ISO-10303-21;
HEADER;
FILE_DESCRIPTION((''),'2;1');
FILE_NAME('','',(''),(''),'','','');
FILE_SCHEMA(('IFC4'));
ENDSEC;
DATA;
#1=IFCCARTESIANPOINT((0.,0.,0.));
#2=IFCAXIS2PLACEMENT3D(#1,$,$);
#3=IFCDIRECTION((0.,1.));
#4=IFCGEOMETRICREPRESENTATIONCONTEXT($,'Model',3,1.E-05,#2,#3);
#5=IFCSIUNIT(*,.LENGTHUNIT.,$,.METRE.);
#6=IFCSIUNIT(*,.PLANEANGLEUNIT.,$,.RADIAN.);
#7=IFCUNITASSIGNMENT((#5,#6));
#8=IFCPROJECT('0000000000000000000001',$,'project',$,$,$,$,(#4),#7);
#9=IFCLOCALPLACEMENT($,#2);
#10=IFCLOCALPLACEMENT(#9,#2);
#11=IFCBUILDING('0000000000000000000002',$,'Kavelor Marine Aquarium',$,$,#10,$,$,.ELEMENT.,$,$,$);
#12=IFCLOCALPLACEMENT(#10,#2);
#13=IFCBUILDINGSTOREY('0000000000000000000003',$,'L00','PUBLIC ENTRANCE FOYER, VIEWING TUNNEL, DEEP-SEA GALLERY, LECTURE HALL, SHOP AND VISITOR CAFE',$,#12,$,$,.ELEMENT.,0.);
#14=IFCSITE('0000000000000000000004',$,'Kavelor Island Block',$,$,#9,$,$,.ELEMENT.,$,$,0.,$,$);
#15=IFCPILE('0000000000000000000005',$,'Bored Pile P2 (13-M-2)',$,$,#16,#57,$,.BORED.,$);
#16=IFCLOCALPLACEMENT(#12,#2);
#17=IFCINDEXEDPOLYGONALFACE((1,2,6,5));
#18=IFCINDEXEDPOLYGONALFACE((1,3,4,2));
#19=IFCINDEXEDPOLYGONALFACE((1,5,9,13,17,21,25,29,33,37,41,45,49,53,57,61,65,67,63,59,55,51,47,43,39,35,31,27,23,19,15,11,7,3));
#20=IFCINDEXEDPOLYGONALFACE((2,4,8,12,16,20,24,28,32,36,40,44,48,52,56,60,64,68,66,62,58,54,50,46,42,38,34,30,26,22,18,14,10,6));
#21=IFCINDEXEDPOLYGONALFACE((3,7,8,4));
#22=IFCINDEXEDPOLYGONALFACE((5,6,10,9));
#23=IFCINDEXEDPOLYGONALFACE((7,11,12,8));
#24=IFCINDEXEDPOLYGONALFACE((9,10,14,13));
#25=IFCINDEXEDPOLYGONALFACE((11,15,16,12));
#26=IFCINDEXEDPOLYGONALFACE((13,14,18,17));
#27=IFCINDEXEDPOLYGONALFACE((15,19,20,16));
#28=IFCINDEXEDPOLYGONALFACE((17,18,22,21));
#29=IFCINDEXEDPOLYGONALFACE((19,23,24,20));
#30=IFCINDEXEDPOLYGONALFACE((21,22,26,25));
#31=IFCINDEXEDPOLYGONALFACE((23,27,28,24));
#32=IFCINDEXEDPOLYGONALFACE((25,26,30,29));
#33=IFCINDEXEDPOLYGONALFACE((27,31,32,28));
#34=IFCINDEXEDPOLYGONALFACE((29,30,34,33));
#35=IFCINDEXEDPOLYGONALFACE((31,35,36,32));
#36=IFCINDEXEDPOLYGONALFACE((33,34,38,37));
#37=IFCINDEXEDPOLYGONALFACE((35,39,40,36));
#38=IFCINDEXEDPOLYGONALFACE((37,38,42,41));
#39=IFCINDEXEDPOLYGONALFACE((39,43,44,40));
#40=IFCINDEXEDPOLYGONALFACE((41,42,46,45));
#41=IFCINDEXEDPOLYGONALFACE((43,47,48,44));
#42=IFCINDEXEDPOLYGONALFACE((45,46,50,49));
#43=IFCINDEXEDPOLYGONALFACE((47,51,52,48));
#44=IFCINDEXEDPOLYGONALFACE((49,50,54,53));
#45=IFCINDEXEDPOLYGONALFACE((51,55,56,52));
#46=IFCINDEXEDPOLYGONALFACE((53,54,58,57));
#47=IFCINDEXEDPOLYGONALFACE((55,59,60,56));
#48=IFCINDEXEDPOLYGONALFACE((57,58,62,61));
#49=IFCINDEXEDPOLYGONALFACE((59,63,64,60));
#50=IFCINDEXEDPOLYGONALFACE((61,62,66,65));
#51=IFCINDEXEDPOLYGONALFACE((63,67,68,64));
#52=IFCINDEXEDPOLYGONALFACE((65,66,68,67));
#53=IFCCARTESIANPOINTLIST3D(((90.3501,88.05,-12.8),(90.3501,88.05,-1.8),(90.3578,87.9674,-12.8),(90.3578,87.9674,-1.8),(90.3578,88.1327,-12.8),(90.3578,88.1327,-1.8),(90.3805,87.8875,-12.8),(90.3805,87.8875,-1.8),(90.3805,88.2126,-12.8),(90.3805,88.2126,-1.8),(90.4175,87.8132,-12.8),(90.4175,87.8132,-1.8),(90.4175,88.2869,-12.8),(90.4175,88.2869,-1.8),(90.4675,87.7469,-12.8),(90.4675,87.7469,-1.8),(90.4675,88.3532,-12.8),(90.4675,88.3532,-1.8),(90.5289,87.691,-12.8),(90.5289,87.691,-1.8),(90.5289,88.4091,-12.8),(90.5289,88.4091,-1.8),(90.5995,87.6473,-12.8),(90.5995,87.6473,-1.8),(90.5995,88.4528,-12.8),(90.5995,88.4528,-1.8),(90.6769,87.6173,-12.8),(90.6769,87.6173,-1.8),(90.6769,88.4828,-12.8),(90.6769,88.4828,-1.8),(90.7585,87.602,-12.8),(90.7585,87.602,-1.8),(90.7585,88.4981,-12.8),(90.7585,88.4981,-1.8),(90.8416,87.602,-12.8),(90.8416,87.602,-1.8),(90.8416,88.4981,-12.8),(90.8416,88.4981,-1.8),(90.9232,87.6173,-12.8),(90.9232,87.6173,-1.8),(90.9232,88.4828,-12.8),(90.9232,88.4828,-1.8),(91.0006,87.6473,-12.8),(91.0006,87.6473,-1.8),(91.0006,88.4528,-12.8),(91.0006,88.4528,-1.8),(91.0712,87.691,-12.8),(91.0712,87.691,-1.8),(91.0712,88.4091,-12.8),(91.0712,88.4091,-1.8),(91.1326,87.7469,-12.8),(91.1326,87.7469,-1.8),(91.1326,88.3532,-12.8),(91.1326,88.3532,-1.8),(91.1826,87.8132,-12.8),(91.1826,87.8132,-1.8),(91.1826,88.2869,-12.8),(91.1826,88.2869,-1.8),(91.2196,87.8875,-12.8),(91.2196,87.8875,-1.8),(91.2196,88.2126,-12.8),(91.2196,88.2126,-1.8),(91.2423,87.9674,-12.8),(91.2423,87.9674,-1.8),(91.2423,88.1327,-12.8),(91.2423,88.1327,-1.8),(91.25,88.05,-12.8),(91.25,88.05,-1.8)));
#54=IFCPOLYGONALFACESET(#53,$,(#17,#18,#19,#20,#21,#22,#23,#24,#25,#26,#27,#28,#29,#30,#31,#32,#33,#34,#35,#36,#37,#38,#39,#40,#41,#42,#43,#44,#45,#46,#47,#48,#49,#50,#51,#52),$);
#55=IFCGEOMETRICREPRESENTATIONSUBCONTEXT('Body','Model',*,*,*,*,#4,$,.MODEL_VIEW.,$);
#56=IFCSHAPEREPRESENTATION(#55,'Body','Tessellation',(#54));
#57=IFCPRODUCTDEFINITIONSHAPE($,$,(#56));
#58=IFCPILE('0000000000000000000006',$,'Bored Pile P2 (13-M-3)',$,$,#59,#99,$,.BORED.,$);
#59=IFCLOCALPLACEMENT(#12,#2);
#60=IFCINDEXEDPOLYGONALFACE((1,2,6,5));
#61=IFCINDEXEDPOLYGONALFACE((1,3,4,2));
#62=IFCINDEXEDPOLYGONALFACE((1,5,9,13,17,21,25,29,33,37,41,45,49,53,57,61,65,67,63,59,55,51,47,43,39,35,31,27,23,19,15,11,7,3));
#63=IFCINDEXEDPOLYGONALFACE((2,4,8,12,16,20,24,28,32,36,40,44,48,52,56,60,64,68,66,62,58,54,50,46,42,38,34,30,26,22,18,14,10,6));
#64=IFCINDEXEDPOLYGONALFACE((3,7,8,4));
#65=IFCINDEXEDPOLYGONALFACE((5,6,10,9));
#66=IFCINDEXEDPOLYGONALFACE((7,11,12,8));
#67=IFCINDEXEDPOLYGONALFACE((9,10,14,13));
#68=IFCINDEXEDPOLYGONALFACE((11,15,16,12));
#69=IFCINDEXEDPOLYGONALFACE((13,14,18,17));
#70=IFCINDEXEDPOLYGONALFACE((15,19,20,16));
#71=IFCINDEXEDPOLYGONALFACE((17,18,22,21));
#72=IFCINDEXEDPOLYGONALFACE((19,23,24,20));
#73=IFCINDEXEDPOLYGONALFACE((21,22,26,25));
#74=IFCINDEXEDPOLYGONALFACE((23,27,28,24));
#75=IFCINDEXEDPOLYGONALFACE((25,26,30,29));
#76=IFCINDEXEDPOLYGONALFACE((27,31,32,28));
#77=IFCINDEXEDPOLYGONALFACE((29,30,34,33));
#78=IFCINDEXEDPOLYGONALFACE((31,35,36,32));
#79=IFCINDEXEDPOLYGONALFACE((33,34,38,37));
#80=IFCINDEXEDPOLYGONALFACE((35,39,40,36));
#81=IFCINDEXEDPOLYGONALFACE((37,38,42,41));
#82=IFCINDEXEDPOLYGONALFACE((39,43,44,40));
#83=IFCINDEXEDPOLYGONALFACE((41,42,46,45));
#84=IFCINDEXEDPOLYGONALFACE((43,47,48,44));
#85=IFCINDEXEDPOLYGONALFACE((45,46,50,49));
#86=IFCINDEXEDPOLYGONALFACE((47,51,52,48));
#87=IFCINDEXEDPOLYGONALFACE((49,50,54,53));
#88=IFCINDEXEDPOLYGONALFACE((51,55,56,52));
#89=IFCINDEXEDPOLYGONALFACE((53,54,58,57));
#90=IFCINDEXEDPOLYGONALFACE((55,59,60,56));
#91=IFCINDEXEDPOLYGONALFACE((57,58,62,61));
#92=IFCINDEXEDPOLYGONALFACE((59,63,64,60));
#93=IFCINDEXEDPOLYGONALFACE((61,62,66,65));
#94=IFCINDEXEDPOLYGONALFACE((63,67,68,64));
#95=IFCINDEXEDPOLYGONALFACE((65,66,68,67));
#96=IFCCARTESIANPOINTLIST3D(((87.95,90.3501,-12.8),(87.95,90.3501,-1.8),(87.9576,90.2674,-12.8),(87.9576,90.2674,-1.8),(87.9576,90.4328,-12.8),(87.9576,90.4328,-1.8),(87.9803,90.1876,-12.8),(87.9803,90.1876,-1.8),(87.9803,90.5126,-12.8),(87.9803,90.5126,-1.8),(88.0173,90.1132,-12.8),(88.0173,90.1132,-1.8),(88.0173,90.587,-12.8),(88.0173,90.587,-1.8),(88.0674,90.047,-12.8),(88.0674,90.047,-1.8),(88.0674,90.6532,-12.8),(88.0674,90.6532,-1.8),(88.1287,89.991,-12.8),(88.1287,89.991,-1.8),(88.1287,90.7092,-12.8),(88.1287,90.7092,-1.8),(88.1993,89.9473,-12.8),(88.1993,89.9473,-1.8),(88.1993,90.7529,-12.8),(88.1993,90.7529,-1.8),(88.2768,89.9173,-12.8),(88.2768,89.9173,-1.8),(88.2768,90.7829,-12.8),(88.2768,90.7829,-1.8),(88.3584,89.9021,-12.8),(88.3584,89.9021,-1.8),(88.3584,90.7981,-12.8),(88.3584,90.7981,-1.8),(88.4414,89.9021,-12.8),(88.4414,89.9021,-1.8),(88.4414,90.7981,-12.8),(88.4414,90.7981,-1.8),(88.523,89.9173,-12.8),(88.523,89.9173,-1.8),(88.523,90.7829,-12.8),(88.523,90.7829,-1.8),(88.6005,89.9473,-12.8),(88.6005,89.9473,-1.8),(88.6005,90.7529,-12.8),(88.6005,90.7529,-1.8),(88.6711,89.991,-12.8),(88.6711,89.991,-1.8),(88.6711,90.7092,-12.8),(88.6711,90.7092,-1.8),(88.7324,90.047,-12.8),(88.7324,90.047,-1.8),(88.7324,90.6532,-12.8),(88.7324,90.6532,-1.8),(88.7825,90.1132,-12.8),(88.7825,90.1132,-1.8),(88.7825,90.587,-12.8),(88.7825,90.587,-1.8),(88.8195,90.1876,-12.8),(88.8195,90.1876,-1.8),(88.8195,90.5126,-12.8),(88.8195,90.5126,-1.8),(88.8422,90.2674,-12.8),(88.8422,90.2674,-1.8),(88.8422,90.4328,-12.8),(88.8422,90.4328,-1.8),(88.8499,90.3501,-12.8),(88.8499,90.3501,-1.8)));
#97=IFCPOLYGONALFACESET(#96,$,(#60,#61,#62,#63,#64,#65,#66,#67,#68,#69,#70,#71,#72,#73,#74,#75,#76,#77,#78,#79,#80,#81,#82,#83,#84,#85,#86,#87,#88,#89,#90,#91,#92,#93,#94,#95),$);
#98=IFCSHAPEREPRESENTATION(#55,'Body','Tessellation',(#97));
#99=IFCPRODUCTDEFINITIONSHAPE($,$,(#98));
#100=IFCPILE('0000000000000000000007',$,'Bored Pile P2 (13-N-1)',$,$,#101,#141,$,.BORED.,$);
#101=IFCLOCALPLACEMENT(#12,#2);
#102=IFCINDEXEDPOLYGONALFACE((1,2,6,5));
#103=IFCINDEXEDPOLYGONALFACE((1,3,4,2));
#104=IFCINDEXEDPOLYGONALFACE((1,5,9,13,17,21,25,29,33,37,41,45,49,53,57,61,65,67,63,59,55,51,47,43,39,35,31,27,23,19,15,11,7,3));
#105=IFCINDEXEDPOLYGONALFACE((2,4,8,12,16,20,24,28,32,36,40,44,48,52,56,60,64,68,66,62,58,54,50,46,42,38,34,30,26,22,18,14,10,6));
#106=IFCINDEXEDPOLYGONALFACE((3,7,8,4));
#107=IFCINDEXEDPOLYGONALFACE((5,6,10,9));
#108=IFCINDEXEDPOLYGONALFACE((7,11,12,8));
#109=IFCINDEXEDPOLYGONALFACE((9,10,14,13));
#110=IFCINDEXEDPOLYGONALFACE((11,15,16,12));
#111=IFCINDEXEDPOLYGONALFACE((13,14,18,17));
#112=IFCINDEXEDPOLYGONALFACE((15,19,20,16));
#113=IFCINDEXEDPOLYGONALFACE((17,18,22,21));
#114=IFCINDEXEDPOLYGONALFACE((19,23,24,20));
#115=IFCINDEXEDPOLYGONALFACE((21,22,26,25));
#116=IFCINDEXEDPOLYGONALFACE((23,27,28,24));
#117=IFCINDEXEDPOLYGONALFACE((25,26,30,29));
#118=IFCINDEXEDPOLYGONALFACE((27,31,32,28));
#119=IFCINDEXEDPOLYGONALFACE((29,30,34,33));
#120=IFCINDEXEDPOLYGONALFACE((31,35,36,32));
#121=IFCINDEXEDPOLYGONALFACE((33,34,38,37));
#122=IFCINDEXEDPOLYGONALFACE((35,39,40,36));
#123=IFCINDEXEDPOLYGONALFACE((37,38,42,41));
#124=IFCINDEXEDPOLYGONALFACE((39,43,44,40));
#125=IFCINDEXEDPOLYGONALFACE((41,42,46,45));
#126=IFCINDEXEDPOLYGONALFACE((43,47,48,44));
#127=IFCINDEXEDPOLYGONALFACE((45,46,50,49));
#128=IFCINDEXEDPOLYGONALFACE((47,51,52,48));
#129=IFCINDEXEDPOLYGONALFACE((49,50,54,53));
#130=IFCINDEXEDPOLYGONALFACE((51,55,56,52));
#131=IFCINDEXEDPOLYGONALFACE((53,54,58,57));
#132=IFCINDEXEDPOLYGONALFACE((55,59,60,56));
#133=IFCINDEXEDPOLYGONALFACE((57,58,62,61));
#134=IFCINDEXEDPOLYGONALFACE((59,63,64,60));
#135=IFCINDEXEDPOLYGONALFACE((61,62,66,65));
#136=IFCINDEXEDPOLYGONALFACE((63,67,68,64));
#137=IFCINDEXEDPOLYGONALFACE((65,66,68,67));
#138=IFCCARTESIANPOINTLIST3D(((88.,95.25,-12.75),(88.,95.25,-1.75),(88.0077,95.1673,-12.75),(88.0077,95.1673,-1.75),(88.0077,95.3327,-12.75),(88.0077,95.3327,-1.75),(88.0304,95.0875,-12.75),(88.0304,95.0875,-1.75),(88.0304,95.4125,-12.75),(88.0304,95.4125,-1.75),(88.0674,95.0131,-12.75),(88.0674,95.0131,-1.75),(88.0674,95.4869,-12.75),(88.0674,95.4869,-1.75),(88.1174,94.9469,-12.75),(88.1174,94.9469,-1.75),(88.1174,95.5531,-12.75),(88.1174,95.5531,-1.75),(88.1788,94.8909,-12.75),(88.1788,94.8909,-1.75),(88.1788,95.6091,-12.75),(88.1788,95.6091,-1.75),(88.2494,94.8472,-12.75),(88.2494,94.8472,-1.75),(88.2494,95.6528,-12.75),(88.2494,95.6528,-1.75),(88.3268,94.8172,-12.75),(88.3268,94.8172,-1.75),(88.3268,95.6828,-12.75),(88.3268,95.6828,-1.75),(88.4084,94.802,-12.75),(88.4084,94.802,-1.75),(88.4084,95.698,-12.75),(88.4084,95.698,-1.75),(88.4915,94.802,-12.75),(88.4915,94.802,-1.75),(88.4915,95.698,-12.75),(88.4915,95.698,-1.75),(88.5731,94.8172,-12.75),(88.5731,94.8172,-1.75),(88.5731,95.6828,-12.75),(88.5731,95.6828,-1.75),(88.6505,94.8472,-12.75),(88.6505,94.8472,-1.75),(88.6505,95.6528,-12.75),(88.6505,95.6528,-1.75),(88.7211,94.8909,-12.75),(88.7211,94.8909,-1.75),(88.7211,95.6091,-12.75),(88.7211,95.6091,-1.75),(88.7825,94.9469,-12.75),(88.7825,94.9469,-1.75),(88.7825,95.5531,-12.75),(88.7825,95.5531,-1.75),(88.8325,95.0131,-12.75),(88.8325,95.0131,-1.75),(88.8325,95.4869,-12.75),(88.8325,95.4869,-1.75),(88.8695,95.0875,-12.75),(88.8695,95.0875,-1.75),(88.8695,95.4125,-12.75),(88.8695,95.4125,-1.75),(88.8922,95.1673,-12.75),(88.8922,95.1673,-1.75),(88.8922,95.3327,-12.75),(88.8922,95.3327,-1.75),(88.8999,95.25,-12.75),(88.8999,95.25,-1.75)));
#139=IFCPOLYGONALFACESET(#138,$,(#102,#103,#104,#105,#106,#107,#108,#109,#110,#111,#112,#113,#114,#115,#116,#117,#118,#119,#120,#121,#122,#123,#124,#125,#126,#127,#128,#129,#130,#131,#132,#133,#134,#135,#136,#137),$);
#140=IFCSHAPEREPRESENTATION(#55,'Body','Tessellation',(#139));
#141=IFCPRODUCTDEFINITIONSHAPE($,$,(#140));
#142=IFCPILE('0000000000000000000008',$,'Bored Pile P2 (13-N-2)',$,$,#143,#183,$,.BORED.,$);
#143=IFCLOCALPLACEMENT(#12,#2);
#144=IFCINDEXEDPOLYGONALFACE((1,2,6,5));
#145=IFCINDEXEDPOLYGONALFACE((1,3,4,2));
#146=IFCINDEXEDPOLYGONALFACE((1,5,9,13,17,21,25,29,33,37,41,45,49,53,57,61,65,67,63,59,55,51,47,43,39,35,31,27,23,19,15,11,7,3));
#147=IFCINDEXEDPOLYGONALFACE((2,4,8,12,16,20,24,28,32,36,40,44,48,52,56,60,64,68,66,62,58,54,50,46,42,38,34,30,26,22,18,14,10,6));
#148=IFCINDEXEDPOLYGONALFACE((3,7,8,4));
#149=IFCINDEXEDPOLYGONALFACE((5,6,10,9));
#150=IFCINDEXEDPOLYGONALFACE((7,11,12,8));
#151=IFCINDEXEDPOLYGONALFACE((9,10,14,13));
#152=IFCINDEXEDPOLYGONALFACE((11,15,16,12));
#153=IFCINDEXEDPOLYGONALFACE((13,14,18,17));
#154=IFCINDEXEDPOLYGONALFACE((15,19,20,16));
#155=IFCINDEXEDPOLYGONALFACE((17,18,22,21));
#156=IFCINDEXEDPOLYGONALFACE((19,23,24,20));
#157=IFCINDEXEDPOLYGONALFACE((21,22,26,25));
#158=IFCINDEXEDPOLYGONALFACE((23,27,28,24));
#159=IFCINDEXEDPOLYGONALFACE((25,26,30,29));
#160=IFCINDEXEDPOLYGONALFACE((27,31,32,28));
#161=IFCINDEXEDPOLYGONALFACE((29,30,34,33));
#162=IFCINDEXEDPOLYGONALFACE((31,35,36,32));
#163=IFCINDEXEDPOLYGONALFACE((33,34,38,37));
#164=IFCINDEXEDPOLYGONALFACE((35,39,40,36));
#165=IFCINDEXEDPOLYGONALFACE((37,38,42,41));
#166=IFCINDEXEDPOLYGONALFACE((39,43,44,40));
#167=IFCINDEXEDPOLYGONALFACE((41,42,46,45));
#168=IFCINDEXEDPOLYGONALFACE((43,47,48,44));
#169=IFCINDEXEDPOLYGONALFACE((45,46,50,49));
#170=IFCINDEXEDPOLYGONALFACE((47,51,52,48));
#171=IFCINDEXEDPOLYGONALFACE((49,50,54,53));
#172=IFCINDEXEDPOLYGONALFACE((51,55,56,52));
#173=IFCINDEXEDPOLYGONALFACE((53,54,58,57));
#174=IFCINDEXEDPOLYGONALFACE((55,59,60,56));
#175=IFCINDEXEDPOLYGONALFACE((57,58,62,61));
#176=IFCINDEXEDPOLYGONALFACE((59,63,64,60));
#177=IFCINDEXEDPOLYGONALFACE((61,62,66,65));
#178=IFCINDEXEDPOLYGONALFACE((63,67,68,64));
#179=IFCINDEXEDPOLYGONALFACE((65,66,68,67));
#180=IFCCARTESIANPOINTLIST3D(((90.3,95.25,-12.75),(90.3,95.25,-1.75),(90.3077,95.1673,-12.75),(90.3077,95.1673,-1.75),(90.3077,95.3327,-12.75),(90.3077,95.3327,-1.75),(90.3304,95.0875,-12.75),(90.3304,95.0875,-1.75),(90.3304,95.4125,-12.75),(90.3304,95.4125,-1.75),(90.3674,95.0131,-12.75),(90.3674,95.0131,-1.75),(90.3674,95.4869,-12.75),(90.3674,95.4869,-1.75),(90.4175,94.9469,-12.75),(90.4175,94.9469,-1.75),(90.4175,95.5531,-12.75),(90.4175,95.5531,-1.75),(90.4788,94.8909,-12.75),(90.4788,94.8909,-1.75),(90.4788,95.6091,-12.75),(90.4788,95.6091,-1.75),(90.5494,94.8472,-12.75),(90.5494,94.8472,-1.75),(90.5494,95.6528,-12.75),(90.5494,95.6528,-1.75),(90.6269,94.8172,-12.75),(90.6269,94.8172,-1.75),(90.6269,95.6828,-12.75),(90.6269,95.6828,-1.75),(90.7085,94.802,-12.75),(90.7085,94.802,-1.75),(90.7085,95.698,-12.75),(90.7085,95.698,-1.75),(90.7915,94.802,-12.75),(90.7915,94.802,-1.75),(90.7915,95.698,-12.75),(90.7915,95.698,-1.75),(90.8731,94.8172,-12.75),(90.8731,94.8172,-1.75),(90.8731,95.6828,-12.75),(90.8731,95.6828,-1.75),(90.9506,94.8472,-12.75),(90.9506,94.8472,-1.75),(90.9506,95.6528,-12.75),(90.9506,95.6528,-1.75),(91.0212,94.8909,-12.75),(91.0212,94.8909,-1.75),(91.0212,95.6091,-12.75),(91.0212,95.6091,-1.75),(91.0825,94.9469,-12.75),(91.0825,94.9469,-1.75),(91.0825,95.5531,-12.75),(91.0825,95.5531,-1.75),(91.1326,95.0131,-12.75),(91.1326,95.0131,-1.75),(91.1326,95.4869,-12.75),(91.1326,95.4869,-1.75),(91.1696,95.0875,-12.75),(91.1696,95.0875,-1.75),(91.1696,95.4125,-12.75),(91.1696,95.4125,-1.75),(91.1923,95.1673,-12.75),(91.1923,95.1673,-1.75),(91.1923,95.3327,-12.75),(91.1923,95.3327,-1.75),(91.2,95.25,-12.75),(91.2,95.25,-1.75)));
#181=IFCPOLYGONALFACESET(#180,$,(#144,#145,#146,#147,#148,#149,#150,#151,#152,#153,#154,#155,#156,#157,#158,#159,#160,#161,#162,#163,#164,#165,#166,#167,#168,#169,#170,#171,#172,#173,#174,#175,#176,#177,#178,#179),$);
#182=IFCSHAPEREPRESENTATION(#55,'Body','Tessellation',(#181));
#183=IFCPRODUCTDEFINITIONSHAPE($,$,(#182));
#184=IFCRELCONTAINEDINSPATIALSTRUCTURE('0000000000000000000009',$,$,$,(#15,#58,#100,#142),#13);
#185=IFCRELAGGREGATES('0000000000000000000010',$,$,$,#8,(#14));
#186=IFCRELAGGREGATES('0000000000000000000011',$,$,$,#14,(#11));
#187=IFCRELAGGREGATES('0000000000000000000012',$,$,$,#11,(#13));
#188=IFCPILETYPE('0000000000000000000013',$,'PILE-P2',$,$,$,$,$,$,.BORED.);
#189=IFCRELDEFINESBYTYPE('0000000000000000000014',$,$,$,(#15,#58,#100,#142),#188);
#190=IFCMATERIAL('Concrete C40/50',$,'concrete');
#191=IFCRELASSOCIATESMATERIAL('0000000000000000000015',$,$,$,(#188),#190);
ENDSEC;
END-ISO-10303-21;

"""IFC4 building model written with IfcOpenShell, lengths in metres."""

from ifc_helpers import new_model, si_unit, direction, frame, origin, origin_2d, place, context, subcontext, project, spatial, circle, extrude, material, material_profile, profile_set, type_object, element, save


model = new_model("IFC4")

# Units and contexts
model_context = context("Model", 3, precision=1e-05, world=origin(), true_north=direction((0.0, 1.0)))
body_context = subcontext(model_context, "Body", "Model", "MODEL_VIEW")
ifc_project = project(units=[si_unit("LENGTHUNIT", "METRE"), si_unit("PLANEANGLEUNIT", "RADIAN")], contexts=[model_context])

# Site, building, storey
site_placement = place(None, origin())
site = spatial("IfcSite", under=ifc_project, at=site_placement, Name="Kavelor Island Block", CompositionType="ELEMENT", RefElevation=0.0)
building_placement = place(site_placement, origin())
building = spatial("IfcBuilding", under=site, at=building_placement, Name="Kavelor Marine Aquarium", CompositionType="ELEMENT")
storey_placement = place(building_placement, origin())
storey = spatial("IfcBuildingStorey", under=building, at=storey_placement, Name="L00", Description="PUBLIC ENTRANCE FOYER, VIEWING TUNNEL, DEEP-SEA GALLERY, LECTURE HALL, SHOP AND VISITOR CAFE", CompositionType="ELEMENT", Elevation=0.0)

# Piles
ifc_material_1 = material(Name="Concrete C40/50", Category="concrete")
ifc_material_profile_1 = material_profile(ifc_material_1, circle(Radius=0.45, at=origin_2d()), Name="PILE D900")
ifc_profile_set_1 = profile_set([ifc_material_profile_1], Name="Concrete C40/50")
pile_type_1 = type_object("IfcPileType", Name="PILE-P2", PredefinedType="BORED", material=ifc_profile_set_1)
for number, where, z_axis, x_axis, name in (
    (1, (90.8, 88.05, -1.8), (0.0, 0.0, -1.0), (1.0, 0.0, 0.0), "Bored Pile P2 (13-M-2)"),
    (2, (88.3999, 90.3501, -1.8), (0.0, 0.0, -1.0), (1.0, 0.0, 0.0), "Bored Pile P2 (13-M-3)"),
    (3, (88.45, 95.25, -1.75), (0.0, 0.0, -1.0), (1.0, 0.0, 0.0), "Bored Pile P2 (13-N-1)"),
    (4, (90.75, 95.25, -1.75), (0.0, 0.0, -1.0), (1.0, 0.0, 0.0), "Bored Pile P2 (13-N-2)"),
):
    element("IfcPile", number, at=place(storey_placement, frame(where, z_axis=z_axis, x_axis=x_axis)), inside=storey, type_object=pile_type_1, Name=name, PredefinedType="BORED", context=body_context, shape_type="SweptSolid", body=[
        extrude(circle(Radius=0.45, at=origin_2d()), origin(), (0.0, 0.0, 1.0), 11.0),
    ])

save(model, "model.ifc")
